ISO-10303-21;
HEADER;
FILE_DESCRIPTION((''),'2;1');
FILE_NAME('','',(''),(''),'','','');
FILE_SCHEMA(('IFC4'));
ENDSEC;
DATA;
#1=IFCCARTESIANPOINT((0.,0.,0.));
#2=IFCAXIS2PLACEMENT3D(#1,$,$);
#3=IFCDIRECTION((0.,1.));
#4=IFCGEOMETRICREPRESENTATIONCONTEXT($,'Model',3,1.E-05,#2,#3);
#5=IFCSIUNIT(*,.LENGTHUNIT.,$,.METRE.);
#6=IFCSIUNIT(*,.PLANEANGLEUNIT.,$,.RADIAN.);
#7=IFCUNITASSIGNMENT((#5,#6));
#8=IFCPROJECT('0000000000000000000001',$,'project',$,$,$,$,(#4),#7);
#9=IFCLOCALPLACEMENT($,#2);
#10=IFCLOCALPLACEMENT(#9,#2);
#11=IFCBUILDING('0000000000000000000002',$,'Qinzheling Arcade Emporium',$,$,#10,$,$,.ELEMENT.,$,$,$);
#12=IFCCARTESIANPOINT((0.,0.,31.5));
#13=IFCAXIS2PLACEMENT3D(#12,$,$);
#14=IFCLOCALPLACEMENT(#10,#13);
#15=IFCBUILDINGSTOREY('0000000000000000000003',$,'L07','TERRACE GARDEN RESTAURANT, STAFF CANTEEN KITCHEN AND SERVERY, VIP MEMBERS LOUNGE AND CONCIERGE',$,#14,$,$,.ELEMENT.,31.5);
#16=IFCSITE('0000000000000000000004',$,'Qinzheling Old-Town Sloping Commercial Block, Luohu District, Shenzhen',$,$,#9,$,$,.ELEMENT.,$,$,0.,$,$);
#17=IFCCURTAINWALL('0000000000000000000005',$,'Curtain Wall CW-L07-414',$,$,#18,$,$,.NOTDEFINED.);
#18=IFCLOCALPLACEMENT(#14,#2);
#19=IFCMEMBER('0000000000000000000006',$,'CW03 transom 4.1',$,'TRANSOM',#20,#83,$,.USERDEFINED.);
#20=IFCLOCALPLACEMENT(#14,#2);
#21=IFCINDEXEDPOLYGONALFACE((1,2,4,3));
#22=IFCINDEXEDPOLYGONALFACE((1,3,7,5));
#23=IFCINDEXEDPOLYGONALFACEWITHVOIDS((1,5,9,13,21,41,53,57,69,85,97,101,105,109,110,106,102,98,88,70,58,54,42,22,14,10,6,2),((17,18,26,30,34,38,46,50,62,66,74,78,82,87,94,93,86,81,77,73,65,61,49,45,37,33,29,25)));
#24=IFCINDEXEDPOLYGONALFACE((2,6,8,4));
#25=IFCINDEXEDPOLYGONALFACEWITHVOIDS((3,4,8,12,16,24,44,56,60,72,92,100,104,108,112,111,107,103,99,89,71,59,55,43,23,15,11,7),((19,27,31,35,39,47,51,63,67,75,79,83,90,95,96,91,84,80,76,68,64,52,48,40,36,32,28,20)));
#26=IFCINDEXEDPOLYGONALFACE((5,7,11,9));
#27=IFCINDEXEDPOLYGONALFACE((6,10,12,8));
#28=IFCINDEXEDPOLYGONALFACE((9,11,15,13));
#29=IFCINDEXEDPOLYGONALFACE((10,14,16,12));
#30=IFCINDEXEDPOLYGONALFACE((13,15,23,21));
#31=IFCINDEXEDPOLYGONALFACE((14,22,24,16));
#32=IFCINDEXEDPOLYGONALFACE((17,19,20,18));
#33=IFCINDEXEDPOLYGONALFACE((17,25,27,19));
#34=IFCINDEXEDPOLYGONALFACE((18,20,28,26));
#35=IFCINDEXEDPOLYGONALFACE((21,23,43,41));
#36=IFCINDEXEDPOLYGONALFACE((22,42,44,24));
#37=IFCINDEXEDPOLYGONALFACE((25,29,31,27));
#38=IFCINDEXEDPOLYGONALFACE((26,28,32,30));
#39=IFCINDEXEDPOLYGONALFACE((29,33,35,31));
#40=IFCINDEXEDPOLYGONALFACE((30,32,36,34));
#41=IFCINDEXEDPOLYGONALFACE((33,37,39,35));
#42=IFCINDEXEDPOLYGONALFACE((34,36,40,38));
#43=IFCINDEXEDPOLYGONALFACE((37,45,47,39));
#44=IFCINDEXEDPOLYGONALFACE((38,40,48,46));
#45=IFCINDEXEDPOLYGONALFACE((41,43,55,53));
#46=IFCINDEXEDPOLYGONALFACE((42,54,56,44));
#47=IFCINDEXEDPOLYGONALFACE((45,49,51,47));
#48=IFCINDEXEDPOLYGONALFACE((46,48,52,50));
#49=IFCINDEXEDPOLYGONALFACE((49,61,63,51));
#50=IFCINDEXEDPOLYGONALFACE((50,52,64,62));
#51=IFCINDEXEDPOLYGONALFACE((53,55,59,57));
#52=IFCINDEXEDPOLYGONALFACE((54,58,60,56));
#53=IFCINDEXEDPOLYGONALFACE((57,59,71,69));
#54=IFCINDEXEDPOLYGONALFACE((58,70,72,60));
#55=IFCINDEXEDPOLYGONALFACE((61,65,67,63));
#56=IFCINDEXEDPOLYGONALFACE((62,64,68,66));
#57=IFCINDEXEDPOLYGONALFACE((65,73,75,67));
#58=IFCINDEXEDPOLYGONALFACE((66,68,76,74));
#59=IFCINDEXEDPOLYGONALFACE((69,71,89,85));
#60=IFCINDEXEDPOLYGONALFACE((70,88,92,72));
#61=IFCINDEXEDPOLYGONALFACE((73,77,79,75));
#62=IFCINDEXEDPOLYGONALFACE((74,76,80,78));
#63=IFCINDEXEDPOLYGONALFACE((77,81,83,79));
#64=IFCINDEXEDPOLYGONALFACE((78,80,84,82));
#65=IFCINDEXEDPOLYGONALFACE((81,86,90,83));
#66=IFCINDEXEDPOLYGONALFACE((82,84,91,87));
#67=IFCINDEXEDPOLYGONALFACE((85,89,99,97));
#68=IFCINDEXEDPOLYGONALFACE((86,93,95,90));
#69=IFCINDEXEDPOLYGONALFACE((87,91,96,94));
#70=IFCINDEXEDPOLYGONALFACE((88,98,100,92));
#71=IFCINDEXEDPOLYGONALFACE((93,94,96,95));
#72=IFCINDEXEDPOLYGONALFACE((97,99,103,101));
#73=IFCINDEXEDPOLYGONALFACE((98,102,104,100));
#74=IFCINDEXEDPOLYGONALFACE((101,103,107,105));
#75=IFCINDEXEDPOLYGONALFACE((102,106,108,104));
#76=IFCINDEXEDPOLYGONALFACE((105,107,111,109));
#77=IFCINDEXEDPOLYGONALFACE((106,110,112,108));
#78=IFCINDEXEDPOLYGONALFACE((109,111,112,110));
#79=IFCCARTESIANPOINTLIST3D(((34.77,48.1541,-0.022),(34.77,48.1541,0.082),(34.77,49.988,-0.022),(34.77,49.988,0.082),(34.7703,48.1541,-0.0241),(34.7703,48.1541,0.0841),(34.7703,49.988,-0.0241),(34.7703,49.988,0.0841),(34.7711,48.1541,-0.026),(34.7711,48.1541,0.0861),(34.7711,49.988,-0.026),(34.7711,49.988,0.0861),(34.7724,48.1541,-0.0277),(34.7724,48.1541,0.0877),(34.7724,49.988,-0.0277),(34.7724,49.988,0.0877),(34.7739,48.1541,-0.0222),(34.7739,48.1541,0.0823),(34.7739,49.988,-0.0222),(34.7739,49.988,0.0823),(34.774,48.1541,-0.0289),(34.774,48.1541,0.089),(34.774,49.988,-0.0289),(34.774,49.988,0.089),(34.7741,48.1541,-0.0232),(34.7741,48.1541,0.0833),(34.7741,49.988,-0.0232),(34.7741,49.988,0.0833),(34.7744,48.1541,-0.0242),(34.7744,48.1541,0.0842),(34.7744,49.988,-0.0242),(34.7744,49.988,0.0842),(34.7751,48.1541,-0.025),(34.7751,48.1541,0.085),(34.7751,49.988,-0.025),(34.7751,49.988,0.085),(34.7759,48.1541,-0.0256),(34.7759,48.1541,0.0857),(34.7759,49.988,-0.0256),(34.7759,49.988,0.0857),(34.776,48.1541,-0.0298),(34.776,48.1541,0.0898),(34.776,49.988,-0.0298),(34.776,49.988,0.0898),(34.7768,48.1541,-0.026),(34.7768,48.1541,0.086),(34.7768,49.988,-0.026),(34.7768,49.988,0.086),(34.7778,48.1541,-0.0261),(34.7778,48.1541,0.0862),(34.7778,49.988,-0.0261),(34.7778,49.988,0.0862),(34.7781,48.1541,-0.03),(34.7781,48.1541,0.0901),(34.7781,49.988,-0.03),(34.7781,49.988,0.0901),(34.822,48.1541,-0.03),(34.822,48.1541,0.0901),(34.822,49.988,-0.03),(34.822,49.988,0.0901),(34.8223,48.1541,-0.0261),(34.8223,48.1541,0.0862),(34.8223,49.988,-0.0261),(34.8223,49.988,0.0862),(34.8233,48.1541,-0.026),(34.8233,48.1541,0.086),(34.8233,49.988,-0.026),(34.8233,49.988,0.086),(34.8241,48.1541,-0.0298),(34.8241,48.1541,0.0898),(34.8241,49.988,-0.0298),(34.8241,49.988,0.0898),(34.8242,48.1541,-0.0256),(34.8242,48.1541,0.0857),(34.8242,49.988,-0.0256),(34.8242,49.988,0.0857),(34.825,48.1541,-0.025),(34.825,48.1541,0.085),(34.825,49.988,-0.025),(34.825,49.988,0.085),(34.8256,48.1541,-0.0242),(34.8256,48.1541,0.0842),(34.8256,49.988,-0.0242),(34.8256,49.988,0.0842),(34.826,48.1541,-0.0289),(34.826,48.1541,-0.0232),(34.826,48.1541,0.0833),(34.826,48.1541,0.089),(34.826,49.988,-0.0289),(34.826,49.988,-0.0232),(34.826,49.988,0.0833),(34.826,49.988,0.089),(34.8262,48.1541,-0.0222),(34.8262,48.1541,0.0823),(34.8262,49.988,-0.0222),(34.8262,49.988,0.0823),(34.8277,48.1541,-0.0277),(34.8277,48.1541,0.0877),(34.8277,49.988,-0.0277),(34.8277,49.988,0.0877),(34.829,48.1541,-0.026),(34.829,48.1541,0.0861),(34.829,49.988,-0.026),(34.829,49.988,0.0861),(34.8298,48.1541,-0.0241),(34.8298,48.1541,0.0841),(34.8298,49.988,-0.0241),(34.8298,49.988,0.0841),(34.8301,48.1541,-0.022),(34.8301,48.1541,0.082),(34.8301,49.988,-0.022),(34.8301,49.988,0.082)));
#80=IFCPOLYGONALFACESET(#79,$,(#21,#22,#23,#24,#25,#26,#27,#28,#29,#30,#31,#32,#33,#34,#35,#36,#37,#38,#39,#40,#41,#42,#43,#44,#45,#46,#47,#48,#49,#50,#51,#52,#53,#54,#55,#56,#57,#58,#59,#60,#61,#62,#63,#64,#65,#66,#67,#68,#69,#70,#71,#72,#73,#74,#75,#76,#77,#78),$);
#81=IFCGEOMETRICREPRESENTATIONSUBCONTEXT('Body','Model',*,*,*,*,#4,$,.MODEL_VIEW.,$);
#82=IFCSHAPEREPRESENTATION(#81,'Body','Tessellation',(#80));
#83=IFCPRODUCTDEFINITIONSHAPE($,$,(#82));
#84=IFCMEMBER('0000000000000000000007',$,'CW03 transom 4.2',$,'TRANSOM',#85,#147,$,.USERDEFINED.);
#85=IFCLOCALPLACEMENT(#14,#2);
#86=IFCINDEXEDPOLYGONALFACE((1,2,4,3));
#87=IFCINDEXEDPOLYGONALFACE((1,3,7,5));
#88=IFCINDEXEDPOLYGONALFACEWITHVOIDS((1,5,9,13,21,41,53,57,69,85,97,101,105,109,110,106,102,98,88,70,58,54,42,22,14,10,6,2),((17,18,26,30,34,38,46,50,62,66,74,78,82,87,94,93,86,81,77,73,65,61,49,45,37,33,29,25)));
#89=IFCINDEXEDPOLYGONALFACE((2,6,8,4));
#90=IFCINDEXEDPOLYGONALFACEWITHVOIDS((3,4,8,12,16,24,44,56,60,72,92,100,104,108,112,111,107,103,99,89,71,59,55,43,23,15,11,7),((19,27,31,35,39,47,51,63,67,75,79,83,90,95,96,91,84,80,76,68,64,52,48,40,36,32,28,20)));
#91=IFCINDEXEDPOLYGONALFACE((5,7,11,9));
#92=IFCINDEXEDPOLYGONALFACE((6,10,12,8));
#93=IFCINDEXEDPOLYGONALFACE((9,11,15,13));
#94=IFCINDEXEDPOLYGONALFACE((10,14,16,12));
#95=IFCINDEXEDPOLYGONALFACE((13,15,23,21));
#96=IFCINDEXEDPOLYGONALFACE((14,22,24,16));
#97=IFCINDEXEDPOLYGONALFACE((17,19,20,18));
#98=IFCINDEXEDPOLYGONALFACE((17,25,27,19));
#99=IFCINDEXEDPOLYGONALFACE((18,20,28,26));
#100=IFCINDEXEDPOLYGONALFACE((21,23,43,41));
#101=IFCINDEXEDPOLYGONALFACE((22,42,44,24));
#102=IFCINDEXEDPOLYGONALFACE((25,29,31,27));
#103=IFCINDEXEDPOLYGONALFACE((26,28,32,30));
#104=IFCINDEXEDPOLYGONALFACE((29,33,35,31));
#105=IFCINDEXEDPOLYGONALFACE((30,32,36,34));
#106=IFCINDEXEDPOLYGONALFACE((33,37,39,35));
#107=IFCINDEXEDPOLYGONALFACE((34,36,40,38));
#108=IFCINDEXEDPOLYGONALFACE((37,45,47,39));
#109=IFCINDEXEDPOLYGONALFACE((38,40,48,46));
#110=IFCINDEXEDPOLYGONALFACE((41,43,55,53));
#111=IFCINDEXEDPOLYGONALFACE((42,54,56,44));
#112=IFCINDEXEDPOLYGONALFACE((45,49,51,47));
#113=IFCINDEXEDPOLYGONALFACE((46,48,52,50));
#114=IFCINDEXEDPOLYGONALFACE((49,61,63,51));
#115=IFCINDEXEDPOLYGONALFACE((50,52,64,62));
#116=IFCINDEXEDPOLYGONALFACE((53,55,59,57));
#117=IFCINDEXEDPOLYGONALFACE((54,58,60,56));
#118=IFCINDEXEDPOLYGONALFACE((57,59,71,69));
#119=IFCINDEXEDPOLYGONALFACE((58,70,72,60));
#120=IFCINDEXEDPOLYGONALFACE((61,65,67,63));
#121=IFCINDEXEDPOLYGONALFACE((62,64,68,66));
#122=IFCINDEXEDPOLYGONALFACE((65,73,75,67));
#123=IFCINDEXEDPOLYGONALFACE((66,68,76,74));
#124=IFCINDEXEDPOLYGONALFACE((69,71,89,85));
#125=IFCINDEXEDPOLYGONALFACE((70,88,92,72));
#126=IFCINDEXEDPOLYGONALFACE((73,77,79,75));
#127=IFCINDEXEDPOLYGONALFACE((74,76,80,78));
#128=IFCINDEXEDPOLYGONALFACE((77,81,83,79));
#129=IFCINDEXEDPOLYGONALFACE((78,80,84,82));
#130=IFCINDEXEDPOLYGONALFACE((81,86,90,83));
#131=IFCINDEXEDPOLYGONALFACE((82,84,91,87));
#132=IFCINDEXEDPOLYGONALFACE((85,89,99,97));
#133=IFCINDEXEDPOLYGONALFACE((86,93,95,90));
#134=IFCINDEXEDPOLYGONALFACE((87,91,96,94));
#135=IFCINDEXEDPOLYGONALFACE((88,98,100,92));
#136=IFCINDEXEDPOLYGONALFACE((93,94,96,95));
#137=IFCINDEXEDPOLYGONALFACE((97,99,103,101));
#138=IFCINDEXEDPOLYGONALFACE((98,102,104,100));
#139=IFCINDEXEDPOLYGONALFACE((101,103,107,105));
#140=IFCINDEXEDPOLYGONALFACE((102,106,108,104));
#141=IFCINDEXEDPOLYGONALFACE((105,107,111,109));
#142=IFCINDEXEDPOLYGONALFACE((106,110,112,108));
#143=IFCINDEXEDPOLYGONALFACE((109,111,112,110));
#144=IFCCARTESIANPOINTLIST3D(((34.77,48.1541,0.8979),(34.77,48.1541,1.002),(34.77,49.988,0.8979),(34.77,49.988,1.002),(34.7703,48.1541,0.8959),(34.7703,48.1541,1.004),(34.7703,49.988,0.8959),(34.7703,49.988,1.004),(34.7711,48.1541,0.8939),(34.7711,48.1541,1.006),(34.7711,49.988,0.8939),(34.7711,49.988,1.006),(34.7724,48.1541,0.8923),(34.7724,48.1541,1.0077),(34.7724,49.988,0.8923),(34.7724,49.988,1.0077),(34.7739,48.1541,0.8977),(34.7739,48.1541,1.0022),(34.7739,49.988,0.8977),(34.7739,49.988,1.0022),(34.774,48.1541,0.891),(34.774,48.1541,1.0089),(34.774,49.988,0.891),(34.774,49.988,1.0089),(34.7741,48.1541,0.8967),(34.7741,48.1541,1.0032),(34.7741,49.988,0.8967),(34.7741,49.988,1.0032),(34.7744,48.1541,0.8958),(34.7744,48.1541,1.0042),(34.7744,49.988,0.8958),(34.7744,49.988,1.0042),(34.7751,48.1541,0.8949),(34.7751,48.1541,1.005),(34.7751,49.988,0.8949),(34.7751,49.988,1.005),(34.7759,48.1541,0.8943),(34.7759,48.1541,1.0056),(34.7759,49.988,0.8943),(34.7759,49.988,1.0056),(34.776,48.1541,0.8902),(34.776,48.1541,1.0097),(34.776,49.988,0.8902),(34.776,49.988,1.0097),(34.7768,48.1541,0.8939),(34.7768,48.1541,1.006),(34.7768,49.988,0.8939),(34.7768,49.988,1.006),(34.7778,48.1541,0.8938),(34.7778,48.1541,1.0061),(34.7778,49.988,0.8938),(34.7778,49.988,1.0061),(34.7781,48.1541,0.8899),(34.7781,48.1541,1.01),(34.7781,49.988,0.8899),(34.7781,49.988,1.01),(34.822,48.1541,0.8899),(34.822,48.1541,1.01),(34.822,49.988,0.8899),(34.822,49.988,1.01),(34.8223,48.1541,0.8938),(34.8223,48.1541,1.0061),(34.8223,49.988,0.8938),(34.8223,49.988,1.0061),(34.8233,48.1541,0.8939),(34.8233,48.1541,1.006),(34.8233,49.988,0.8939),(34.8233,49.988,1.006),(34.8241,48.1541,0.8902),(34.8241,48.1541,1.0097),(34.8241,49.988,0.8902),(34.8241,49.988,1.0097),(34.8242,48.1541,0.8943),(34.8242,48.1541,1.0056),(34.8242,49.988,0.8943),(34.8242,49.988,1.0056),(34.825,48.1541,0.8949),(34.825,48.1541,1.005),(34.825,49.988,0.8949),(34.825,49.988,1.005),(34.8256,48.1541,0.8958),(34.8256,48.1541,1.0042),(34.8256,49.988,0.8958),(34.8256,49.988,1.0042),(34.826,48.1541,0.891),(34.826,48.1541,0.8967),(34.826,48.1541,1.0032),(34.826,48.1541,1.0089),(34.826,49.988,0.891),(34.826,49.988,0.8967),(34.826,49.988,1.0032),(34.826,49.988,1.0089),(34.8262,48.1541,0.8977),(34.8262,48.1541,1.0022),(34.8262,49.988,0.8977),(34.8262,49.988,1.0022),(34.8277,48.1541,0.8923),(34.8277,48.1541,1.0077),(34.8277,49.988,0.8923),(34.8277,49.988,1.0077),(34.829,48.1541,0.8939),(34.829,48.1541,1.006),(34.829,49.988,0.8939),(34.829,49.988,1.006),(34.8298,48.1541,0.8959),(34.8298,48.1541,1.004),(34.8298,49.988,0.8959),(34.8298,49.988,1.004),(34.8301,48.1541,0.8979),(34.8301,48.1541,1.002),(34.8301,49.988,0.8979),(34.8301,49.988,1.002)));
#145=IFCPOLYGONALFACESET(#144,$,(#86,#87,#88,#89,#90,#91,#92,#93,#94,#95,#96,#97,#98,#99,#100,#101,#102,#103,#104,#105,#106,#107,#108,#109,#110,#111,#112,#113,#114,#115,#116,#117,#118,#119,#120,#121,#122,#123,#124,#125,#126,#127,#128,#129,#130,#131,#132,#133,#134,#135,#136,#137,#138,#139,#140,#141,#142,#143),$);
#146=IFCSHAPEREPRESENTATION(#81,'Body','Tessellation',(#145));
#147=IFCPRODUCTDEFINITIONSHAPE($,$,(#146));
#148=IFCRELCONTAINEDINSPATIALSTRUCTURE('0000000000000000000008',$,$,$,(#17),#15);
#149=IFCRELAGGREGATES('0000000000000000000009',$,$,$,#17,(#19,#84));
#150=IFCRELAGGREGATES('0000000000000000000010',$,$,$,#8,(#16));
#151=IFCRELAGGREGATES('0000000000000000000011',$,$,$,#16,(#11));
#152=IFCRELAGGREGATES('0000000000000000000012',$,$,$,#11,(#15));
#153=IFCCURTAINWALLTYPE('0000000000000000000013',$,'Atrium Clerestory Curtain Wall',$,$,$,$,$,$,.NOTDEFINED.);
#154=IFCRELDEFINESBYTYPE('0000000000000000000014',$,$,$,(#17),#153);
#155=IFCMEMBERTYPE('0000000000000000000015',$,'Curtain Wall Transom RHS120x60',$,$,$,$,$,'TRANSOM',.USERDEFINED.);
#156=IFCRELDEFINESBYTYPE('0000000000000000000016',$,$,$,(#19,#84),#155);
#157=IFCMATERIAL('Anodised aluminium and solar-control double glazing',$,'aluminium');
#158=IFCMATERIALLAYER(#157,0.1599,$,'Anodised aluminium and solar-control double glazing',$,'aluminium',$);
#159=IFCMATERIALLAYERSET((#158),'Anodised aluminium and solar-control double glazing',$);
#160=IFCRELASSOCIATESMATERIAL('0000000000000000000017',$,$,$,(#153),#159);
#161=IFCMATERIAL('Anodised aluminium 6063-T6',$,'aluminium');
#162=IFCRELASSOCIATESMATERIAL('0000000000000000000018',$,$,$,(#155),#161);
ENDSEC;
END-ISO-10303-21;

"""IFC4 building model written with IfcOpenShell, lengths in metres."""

from ifc_helpers import new_model, si_unit, direction, frame, origin, origin_2d, place, context, subcontext, project, spatial, hollow_rectangle, extrude, material, layer, layer_set, material_profile, profile_set, type_object, element, aggregate, save


model = new_model("IFC4")

# Units and contexts
model_context = context("Model", 3, precision=1e-05, world=origin(), true_north=direction((0.0, 1.0)))
body_context = subcontext(model_context, "Body", "Model", "MODEL_VIEW")
ifc_project = project(units=[si_unit("LENGTHUNIT", "METRE"), si_unit("PLANEANGLEUNIT", "RADIAN")], contexts=[model_context])

# Site, building, storey
site_placement = place(None, origin())
site = spatial("IfcSite", under=ifc_project, at=site_placement, Name="Qinzheling Old-Town Sloping Commercial Block, Luohu District, Shenzhen", CompositionType="ELEMENT", RefElevation=0.0)
building_placement = place(site_placement, origin())
building = spatial("IfcBuilding", under=site, at=building_placement, Name="Qinzheling Arcade Emporium", CompositionType="ELEMENT")
storey_placement = place(building_placement, frame((0.0, 0.0, 31.5)))
storey = spatial("IfcBuildingStorey", under=building, at=storey_placement, Name="L07", Description="TERRACE GARDEN RESTAURANT, STAFF CANTEEN KITCHEN AND SERVERY, VIP MEMBERS LOUNGE AND CONCIERGE", CompositionType="ELEMENT", Elevation=31.5)

# Curtain wall
ifc_material_1 = material(Name="Anodised aluminium and solar-control double glazing", Category="aluminium")
ifc_layer_1 = layer(ifc_material_1, 0.1599, Name="Anodised aluminium and solar-control double glazing", Category="aluminium")
ifc_layer_set_1 = layer_set([ifc_layer_1], Name="Anodised aluminium and solar-control double glazing")
curtain_wall_type = type_object("IfcCurtainWallType", Name="Atrium Clerestory Curtain Wall", PredefinedType="NOTDEFINED", material=ifc_layer_set_1)
curtain_wall_1_placement = place(storey_placement, origin())
curtain_wall_1 = element("IfcCurtainWall", 1, at=curtain_wall_1_placement, inside=storey, type_object=curtain_wall_type, Name="Curtain Wall CW-L07-414", PredefinedType="NOTDEFINED")
ifc_material_2 = material(Name="Anodised aluminium 6063-T6", Category="aluminium")

# Members
ifc_material_profile_1 = material_profile(ifc_material_2, hollow_rectangle(XDim=0.0601, YDim=0.1201, WallThickness=0.0039, InnerFilletRadius=0.0039, OuterFilletRadius=0.0081, at=origin_2d()), Name="RHS 120x60x4", Category="aluminium")
ifc_profile_set_1 = profile_set([ifc_material_profile_1], Name="Anodised aluminium 6063-T6")
member_type_1 = type_object("IfcMemberType", Name="Curtain Wall Transom RHS120x60", ElementType="TRANSOM", PredefinedType="USERDEFINED", material=ifc_profile_set_1)
member_1_placement = place(storey_placement, frame((34.8, 48.1541, 0.03), z_axis=(0.0, 1.0, 0.0), x_axis=(-1.0, 0.0, 0.0)))
member_1 = element("IfcMember", 2, at=member_1_placement, type_object=member_type_1, Name="CW03 transom 4.1", ObjectType="TRANSOM", PredefinedType="USERDEFINED", context=body_context, shape_type="SweptSolid", body=[
    extrude(hollow_rectangle(XDim=0.0601, YDim=0.1201, WallThickness=0.0039, InnerFilletRadius=0.0039, OuterFilletRadius=0.0081, at=origin_2d()), origin(), (0.0, 0.0, 1.0), 1.834),
])
member_2_placement = place(storey_placement, frame((34.8, 48.1541, 0.95), z_axis=(0.0, 1.0, 0.0), x_axis=(-1.0, 0.0, 0.0)))
member_2 = element("IfcMember", 3, at=member_2_placement, type_object=member_type_1, Name="CW03 transom 4.2", ObjectType="TRANSOM", PredefinedType="USERDEFINED", context=body_context, shape_type="SweptSolid", body=[
    extrude(hollow_rectangle(XDim=0.0601, YDim=0.1201, WallThickness=0.0039, InnerFilletRadius=0.0039, OuterFilletRadius=0.0081, at=origin_2d()), origin(), (0.0, 0.0, 1.0), 1.834),
])

aggregate(curtain_wall_1, [member_1, member_2])

save(model, "model.ifc")
